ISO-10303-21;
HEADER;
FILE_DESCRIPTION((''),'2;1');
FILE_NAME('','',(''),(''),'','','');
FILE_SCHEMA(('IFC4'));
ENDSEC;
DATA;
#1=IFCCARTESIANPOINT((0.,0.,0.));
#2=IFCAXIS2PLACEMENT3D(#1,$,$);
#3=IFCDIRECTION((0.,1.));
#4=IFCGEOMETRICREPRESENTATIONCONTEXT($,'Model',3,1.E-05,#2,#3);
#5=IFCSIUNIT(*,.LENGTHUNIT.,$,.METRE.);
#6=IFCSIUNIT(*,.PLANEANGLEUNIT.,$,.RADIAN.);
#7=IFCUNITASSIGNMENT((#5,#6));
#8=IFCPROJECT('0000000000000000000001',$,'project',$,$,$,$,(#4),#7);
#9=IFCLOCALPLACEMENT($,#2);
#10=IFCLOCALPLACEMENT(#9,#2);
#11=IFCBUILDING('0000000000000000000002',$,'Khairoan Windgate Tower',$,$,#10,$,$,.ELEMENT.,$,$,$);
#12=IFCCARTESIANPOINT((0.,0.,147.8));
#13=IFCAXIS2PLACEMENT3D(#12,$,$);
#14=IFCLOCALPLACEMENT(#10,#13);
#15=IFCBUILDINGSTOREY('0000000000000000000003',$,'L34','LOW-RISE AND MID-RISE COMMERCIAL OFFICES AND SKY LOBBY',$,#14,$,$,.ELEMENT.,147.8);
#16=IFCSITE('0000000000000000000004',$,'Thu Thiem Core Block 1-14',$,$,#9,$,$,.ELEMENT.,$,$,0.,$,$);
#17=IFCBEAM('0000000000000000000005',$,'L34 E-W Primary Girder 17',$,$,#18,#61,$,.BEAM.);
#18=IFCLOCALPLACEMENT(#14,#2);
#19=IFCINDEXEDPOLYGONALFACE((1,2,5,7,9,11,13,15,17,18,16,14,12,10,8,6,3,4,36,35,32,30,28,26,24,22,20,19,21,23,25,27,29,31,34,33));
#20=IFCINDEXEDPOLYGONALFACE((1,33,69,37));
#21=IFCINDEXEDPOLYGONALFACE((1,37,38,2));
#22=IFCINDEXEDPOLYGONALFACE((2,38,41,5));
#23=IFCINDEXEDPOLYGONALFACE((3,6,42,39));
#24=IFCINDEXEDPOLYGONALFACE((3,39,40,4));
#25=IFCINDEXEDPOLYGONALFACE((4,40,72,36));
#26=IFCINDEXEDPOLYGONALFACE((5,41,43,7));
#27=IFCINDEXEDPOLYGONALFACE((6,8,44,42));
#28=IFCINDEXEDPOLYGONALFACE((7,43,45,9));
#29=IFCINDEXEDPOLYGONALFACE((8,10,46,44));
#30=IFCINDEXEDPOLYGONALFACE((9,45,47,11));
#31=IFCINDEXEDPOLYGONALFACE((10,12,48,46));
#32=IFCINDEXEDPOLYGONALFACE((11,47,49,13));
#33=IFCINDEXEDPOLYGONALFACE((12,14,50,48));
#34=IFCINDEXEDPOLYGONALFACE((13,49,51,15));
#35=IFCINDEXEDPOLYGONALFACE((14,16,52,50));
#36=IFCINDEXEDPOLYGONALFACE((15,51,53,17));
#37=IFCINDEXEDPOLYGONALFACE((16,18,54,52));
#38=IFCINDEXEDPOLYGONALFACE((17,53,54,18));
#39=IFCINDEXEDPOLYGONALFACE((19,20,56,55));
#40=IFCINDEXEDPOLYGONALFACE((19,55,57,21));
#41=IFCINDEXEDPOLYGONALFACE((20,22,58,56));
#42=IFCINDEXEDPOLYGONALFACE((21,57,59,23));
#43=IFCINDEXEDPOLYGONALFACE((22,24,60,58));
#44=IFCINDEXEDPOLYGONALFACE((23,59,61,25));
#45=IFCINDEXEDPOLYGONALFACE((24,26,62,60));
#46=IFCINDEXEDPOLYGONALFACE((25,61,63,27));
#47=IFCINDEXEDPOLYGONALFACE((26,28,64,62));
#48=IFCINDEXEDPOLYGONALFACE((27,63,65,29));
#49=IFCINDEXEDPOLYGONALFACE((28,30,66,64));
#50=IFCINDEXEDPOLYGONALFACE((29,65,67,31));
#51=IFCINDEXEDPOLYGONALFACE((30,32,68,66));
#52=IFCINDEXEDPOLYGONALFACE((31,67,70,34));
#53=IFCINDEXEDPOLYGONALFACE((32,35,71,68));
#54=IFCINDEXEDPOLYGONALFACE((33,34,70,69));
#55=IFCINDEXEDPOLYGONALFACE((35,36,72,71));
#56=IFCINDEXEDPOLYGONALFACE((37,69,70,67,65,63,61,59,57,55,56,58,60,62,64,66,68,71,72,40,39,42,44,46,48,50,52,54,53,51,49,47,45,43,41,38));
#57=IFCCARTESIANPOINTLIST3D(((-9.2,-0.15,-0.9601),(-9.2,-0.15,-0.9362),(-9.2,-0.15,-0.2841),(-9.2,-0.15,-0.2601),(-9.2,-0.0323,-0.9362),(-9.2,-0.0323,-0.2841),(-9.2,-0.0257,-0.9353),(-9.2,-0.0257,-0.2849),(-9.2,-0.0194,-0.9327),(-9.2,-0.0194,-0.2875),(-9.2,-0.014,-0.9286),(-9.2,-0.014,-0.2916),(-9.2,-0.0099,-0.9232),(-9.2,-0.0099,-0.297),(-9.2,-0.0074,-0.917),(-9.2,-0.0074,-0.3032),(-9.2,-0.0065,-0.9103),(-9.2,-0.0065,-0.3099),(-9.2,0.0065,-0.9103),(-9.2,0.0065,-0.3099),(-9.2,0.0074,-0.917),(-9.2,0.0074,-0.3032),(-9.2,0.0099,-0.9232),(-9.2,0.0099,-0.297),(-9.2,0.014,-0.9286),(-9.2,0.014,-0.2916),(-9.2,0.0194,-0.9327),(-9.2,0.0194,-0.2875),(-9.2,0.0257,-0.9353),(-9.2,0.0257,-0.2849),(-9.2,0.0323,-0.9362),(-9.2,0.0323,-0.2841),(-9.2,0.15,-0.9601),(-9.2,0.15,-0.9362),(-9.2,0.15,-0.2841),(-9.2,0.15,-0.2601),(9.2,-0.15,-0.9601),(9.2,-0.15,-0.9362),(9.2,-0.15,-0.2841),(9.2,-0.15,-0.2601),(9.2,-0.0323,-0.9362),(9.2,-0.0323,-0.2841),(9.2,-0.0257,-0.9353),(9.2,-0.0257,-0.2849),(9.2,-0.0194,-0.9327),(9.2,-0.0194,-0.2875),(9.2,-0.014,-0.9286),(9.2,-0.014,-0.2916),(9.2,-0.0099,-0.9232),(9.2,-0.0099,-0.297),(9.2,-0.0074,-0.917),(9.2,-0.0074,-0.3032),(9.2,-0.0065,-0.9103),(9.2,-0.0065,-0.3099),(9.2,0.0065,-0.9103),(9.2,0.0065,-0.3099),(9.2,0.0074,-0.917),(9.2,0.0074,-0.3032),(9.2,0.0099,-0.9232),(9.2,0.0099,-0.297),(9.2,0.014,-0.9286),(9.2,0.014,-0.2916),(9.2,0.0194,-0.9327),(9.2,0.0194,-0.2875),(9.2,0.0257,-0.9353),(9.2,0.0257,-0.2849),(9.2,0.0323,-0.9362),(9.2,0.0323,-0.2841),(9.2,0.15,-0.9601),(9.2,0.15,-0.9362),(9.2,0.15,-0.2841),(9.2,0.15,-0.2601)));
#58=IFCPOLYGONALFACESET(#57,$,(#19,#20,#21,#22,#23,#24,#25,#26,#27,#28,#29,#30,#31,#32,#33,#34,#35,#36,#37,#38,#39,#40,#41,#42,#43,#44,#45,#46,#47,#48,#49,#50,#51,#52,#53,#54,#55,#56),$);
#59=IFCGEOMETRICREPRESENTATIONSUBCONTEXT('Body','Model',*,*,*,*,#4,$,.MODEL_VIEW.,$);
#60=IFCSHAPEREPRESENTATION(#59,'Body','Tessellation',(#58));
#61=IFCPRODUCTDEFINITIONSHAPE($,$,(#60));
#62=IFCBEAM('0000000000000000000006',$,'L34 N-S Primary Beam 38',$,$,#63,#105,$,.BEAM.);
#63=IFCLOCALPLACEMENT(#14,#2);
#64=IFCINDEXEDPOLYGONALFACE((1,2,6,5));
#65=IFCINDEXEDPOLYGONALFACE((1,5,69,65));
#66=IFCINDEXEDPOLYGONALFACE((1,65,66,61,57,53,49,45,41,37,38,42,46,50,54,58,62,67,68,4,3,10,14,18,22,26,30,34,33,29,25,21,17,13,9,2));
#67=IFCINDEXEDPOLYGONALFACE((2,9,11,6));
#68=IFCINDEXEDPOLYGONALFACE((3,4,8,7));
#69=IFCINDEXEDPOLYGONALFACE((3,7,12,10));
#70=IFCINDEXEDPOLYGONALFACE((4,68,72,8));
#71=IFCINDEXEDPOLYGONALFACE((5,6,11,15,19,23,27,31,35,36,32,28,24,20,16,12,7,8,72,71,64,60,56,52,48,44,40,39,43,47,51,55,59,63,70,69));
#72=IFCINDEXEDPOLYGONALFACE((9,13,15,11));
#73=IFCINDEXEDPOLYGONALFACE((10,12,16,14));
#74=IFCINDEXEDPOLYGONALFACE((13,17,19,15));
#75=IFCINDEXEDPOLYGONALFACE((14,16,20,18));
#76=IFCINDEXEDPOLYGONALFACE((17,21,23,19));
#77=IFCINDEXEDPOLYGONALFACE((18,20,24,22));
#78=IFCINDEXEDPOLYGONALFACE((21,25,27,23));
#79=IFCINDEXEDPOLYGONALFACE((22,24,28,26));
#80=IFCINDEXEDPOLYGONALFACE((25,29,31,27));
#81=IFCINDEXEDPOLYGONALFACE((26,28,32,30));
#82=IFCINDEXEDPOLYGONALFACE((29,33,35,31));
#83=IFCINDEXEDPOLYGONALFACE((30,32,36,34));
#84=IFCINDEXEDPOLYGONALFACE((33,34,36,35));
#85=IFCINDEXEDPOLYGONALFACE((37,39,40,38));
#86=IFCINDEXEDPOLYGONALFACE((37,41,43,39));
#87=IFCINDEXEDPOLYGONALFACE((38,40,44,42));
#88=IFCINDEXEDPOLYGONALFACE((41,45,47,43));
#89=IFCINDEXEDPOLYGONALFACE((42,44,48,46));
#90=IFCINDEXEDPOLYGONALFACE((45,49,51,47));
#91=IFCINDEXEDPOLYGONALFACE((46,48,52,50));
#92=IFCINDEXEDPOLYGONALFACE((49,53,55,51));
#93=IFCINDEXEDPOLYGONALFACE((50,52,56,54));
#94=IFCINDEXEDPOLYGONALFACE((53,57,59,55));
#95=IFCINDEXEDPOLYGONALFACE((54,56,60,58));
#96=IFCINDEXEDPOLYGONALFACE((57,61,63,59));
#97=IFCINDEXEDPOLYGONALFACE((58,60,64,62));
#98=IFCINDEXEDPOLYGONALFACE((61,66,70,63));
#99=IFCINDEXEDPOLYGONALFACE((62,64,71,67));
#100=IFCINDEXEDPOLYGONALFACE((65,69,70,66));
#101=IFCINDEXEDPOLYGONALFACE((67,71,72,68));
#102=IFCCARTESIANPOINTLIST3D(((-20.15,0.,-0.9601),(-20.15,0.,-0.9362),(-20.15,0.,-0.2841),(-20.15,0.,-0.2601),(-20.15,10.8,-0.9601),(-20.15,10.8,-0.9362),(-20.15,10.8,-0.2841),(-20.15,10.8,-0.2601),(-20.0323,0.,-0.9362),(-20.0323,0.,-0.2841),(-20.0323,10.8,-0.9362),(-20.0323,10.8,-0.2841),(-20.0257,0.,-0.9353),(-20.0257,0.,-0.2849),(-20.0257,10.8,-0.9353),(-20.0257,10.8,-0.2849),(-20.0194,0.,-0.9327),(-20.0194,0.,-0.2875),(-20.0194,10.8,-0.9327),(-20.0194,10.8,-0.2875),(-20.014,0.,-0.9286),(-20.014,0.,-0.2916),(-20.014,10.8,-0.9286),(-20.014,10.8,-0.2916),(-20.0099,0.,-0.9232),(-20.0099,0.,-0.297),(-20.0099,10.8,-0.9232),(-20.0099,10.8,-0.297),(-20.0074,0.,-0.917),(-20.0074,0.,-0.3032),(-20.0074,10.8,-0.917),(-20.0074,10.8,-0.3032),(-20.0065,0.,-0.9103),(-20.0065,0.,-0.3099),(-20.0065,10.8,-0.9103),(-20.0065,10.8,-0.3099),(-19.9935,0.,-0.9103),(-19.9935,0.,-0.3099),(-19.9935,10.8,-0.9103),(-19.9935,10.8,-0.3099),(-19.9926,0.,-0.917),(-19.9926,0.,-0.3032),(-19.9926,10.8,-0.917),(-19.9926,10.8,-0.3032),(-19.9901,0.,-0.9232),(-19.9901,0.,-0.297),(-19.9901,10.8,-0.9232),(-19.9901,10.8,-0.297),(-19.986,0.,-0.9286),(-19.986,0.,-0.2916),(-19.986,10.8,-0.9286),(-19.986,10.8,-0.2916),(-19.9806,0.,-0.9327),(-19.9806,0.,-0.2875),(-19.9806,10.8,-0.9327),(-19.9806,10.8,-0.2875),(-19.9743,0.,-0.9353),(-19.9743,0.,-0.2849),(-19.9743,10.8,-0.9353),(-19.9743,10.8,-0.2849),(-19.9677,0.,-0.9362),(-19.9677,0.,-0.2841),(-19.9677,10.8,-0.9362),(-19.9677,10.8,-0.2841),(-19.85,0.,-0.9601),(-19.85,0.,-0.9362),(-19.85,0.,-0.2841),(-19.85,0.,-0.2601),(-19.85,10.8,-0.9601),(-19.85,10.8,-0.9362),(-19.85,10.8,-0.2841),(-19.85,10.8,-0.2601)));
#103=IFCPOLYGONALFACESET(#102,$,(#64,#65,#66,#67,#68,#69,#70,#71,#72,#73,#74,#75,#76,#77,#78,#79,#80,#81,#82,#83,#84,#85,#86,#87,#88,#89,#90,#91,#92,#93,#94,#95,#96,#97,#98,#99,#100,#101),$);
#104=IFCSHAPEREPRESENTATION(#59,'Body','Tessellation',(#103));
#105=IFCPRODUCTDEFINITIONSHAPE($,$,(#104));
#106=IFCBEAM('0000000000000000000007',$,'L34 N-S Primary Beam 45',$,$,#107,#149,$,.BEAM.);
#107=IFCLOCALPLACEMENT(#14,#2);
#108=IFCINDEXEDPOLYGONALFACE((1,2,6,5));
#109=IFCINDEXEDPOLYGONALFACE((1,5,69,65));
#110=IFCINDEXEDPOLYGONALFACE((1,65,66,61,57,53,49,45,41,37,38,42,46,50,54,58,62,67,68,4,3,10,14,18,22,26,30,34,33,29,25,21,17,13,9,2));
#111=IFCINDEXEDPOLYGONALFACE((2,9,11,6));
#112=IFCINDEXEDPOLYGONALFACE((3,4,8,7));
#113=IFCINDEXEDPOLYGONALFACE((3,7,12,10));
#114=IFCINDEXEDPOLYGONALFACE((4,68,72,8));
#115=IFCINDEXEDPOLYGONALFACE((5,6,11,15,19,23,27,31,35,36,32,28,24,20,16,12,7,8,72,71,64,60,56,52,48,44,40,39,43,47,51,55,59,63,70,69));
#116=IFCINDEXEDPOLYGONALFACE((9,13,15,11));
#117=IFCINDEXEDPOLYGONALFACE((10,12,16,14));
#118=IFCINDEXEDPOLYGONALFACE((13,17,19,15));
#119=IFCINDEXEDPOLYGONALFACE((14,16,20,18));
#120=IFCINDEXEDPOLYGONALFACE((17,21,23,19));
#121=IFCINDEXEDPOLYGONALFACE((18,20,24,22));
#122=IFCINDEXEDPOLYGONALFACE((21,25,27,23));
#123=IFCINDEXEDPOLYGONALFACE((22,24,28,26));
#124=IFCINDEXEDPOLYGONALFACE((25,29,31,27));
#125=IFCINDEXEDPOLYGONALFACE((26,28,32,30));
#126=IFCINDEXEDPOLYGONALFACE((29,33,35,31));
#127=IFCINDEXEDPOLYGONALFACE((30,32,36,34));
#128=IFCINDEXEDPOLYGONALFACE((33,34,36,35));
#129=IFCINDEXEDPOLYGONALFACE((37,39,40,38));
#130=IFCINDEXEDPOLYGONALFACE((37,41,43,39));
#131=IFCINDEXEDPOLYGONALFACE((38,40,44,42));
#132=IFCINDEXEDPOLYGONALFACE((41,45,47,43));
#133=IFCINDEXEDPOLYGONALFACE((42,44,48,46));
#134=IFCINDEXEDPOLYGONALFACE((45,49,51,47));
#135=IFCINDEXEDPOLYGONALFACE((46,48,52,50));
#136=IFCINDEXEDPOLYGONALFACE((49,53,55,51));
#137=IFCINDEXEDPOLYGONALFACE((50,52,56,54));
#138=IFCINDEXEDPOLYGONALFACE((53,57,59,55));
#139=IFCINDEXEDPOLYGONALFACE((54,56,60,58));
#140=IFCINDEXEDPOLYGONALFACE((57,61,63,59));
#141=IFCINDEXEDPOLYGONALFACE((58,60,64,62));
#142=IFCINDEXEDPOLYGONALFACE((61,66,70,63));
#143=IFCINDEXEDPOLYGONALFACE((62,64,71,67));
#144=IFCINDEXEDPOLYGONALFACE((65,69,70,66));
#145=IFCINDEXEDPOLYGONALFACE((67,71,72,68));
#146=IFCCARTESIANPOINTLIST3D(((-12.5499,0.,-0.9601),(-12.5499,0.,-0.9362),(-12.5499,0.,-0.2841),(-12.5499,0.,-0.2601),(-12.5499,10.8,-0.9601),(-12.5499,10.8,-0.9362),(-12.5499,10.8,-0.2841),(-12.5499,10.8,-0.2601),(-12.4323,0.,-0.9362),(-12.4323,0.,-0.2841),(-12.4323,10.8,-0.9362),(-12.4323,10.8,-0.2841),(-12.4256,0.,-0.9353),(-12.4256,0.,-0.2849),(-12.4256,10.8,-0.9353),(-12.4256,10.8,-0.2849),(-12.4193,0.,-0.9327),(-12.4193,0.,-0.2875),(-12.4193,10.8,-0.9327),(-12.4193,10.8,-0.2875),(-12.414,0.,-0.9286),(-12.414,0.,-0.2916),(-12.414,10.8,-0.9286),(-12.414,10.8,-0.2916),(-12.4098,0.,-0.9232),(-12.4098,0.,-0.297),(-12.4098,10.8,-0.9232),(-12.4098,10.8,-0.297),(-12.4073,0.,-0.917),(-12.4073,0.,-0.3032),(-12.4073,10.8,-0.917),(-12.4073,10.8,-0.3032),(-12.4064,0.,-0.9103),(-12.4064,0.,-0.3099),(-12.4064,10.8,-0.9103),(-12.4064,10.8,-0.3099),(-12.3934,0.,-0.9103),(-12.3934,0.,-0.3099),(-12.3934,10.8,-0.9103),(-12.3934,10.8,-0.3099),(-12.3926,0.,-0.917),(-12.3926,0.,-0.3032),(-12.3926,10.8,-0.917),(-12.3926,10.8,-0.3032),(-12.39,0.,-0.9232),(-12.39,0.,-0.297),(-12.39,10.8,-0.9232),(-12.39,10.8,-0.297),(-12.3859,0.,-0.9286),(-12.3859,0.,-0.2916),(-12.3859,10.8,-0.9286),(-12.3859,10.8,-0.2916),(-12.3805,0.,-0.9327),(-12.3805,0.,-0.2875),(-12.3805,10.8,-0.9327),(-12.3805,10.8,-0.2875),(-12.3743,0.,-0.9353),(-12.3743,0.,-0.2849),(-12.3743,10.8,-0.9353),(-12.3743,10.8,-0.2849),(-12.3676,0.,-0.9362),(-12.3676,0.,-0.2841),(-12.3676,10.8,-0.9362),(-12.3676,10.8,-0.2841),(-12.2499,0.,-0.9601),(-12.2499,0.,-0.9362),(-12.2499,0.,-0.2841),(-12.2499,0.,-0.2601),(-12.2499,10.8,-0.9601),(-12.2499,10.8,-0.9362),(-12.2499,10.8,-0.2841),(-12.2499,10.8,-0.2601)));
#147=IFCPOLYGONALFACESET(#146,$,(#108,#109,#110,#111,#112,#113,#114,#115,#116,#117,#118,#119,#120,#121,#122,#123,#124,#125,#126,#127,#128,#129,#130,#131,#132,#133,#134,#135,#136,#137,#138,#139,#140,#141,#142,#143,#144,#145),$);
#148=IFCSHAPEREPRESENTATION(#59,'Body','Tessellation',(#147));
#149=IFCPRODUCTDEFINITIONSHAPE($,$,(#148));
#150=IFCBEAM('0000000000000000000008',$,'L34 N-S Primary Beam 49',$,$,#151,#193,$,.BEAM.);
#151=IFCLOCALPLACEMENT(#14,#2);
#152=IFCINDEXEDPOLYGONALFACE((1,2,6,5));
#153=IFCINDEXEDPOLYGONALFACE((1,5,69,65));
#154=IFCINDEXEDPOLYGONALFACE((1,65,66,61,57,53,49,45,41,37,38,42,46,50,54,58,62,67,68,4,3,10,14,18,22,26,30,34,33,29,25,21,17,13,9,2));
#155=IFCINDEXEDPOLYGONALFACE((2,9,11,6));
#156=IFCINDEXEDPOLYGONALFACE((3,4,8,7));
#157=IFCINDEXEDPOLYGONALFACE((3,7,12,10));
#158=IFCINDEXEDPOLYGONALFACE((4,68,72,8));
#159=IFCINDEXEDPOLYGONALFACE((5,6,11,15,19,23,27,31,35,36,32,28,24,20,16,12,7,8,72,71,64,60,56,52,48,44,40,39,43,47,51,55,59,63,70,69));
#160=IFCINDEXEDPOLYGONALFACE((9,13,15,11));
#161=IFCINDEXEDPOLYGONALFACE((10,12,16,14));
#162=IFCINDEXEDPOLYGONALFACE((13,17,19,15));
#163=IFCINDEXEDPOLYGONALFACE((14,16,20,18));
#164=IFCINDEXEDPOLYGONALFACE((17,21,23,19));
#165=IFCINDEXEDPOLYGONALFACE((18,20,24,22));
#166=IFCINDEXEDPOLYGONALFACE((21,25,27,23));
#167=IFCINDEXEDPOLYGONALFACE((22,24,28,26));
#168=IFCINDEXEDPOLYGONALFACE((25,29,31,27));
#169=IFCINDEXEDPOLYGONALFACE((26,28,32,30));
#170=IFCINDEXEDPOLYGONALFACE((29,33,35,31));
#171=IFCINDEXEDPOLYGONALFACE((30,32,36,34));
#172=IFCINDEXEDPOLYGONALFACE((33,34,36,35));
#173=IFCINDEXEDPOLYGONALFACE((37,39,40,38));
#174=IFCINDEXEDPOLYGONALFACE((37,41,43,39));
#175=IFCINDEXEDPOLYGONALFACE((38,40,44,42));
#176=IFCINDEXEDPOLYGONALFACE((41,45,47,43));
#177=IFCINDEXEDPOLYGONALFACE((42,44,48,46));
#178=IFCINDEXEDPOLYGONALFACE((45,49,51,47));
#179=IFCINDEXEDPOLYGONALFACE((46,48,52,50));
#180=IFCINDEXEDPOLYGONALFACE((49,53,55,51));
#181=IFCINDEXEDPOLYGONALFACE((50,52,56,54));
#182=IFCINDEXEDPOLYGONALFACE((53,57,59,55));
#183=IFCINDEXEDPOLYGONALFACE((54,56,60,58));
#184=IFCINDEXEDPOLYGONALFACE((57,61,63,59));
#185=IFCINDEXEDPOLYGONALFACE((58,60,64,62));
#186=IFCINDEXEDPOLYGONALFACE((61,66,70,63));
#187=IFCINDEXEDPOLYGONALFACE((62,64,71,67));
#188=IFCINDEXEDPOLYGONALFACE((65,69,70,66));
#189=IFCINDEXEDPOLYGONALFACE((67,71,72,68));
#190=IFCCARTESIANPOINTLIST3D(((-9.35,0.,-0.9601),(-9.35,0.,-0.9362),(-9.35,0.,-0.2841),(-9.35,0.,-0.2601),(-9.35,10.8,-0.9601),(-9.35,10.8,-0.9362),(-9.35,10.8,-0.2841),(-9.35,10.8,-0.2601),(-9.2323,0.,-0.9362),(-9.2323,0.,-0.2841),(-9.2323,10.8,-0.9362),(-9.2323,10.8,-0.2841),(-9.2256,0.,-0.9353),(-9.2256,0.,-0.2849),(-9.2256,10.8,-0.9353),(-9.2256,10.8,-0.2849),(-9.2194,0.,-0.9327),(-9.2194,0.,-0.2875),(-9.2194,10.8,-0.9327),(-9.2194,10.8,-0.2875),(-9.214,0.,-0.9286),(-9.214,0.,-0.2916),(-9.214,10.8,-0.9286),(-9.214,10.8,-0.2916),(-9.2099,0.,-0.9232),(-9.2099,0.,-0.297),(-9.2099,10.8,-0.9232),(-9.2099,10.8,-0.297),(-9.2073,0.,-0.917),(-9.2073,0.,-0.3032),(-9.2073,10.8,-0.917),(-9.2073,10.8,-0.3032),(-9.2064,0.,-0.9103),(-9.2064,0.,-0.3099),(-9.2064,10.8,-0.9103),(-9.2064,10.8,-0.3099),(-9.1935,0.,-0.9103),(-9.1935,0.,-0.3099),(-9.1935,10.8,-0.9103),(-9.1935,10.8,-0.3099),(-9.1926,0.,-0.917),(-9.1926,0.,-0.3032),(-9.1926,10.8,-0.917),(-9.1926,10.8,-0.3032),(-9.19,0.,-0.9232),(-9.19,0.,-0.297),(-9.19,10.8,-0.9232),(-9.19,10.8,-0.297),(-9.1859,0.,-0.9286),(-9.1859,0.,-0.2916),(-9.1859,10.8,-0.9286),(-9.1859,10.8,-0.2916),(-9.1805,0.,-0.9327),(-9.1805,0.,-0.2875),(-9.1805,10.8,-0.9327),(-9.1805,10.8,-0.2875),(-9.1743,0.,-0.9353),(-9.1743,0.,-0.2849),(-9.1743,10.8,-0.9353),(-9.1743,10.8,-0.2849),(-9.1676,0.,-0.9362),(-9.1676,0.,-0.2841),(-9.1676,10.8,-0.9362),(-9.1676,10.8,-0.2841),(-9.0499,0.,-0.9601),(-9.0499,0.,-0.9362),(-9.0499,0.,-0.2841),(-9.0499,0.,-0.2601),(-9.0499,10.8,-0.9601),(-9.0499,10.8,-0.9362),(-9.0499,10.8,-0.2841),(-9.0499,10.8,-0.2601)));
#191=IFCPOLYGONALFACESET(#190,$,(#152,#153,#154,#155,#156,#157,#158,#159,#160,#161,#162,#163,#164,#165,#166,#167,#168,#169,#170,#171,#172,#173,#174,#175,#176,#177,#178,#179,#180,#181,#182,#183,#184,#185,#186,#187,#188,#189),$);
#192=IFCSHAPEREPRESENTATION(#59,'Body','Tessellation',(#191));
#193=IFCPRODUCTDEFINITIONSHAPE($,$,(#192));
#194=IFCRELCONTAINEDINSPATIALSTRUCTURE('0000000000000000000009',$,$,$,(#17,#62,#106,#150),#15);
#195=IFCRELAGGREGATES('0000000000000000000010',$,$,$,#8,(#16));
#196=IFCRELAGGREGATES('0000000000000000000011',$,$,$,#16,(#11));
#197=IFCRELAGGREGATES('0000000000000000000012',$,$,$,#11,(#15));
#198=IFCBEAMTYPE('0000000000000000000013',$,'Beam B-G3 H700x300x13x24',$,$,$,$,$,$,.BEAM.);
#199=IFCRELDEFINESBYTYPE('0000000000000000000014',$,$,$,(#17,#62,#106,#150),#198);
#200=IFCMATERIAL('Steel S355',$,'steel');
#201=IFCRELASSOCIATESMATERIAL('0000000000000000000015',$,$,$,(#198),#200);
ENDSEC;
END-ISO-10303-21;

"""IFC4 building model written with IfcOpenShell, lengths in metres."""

from ifc_helpers import new_model, si_unit, direction, frame, origin, origin_2d, place, context, subcontext, project, spatial, i_section, extrude, material, material_profile, profile_set, type_object, element, save


model = new_model("IFC4")

# Units and contexts
model_context = context("Model", 3, precision=1e-05, world=origin(), true_north=direction((0.0, 1.0)))
body_context = subcontext(model_context, "Body", "Model", "MODEL_VIEW")
ifc_project = project(units=[si_unit("LENGTHUNIT", "METRE"), si_unit("PLANEANGLEUNIT", "RADIAN")], contexts=[model_context])

# Site, building, storey
site_placement = place(None, origin())
site = spatial("IfcSite", under=ifc_project, at=site_placement, Name="Thu Thiem Core Block 1-14", CompositionType="ELEMENT", RefElevation=0.0)
building_placement = place(site_placement, origin())
building = spatial("IfcBuilding", under=site, at=building_placement, Name="Khairoan Windgate Tower", CompositionType="ELEMENT")
storey_placement = place(building_placement, frame((0.0, 0.0, 147.8)))
storey = spatial("IfcBuildingStorey", under=building, at=storey_placement, Name="L34", Description="LOW-RISE AND MID-RISE COMMERCIAL OFFICES AND SKY LOBBY", CompositionType="ELEMENT", Elevation=147.8)

# Beams
ifc_material_1 = material(Name="Steel S355", Category="steel")
ifc_material_profile_1 = material_profile(ifc_material_1, i_section(OverallWidth=0.3, OverallDepth=0.7, WebThickness=0.0129, FlangeThickness=0.0239, FilletRadius=0.0259, at=origin_2d()))
ifc_profile_set_1 = profile_set([ifc_material_profile_1], Name="Steel S355")
beam_type_1 = type_object("IfcBeamType", Name="Beam B-G3 H700x300x13x24", PredefinedType="BEAM", material=ifc_profile_set_1)
beam_1_placement = place(storey_placement, frame((-9.2, 0.0, -0.6101), z_axis=(1.0, 0.0, 0.0), x_axis=(0.0, 1.0, 0.0)))
element("IfcBeam", 1, at=beam_1_placement, inside=storey, type_object=beam_type_1, Name="L34 E-W Primary Girder 17", PredefinedType="BEAM", context=body_context, shape_type="SweptSolid", body=[
    extrude(i_section(OverallWidth=0.3, OverallDepth=0.7, WebThickness=0.0129, FlangeThickness=0.0239, FilletRadius=0.0259, at=origin_2d()), origin(), (0.0, 0.0, 1.0), 18.3999),
])
for number, where, z_axis, x_axis, name in (
    (2, (-20.0, 0.0, -0.6101), (0.0, 1.0, 0.0), (-1.0, 0.0, 0.0), "L34 N-S Primary Beam 38"),
    (3, (-12.3999, 0.0, -0.6101), (0.0, 1.0, 0.0), (-1.0, 0.0, 0.0), "L34 N-S Primary Beam 45"),
    (4, (-9.2, 0.0, -0.6101), (0.0, 1.0, 0.0), (-1.0, 0.0, 0.0), "L34 N-S Primary Beam 49"),
):
    element("IfcBeam", number, at=place(storey_placement, frame(where, z_axis=z_axis, x_axis=x_axis)), inside=storey, type_object=beam_type_1, Name=name, PredefinedType="BEAM", context=body_context, shape_type="SweptSolid", body=[
        extrude(i_section(OverallWidth=0.3, OverallDepth=0.7, WebThickness=0.0129, FlangeThickness=0.0239, FilletRadius=0.0259, at=origin_2d()), origin(), (0.0, 0.0, 1.0), 10.8),
    ])

save(model, "model.ifc")
